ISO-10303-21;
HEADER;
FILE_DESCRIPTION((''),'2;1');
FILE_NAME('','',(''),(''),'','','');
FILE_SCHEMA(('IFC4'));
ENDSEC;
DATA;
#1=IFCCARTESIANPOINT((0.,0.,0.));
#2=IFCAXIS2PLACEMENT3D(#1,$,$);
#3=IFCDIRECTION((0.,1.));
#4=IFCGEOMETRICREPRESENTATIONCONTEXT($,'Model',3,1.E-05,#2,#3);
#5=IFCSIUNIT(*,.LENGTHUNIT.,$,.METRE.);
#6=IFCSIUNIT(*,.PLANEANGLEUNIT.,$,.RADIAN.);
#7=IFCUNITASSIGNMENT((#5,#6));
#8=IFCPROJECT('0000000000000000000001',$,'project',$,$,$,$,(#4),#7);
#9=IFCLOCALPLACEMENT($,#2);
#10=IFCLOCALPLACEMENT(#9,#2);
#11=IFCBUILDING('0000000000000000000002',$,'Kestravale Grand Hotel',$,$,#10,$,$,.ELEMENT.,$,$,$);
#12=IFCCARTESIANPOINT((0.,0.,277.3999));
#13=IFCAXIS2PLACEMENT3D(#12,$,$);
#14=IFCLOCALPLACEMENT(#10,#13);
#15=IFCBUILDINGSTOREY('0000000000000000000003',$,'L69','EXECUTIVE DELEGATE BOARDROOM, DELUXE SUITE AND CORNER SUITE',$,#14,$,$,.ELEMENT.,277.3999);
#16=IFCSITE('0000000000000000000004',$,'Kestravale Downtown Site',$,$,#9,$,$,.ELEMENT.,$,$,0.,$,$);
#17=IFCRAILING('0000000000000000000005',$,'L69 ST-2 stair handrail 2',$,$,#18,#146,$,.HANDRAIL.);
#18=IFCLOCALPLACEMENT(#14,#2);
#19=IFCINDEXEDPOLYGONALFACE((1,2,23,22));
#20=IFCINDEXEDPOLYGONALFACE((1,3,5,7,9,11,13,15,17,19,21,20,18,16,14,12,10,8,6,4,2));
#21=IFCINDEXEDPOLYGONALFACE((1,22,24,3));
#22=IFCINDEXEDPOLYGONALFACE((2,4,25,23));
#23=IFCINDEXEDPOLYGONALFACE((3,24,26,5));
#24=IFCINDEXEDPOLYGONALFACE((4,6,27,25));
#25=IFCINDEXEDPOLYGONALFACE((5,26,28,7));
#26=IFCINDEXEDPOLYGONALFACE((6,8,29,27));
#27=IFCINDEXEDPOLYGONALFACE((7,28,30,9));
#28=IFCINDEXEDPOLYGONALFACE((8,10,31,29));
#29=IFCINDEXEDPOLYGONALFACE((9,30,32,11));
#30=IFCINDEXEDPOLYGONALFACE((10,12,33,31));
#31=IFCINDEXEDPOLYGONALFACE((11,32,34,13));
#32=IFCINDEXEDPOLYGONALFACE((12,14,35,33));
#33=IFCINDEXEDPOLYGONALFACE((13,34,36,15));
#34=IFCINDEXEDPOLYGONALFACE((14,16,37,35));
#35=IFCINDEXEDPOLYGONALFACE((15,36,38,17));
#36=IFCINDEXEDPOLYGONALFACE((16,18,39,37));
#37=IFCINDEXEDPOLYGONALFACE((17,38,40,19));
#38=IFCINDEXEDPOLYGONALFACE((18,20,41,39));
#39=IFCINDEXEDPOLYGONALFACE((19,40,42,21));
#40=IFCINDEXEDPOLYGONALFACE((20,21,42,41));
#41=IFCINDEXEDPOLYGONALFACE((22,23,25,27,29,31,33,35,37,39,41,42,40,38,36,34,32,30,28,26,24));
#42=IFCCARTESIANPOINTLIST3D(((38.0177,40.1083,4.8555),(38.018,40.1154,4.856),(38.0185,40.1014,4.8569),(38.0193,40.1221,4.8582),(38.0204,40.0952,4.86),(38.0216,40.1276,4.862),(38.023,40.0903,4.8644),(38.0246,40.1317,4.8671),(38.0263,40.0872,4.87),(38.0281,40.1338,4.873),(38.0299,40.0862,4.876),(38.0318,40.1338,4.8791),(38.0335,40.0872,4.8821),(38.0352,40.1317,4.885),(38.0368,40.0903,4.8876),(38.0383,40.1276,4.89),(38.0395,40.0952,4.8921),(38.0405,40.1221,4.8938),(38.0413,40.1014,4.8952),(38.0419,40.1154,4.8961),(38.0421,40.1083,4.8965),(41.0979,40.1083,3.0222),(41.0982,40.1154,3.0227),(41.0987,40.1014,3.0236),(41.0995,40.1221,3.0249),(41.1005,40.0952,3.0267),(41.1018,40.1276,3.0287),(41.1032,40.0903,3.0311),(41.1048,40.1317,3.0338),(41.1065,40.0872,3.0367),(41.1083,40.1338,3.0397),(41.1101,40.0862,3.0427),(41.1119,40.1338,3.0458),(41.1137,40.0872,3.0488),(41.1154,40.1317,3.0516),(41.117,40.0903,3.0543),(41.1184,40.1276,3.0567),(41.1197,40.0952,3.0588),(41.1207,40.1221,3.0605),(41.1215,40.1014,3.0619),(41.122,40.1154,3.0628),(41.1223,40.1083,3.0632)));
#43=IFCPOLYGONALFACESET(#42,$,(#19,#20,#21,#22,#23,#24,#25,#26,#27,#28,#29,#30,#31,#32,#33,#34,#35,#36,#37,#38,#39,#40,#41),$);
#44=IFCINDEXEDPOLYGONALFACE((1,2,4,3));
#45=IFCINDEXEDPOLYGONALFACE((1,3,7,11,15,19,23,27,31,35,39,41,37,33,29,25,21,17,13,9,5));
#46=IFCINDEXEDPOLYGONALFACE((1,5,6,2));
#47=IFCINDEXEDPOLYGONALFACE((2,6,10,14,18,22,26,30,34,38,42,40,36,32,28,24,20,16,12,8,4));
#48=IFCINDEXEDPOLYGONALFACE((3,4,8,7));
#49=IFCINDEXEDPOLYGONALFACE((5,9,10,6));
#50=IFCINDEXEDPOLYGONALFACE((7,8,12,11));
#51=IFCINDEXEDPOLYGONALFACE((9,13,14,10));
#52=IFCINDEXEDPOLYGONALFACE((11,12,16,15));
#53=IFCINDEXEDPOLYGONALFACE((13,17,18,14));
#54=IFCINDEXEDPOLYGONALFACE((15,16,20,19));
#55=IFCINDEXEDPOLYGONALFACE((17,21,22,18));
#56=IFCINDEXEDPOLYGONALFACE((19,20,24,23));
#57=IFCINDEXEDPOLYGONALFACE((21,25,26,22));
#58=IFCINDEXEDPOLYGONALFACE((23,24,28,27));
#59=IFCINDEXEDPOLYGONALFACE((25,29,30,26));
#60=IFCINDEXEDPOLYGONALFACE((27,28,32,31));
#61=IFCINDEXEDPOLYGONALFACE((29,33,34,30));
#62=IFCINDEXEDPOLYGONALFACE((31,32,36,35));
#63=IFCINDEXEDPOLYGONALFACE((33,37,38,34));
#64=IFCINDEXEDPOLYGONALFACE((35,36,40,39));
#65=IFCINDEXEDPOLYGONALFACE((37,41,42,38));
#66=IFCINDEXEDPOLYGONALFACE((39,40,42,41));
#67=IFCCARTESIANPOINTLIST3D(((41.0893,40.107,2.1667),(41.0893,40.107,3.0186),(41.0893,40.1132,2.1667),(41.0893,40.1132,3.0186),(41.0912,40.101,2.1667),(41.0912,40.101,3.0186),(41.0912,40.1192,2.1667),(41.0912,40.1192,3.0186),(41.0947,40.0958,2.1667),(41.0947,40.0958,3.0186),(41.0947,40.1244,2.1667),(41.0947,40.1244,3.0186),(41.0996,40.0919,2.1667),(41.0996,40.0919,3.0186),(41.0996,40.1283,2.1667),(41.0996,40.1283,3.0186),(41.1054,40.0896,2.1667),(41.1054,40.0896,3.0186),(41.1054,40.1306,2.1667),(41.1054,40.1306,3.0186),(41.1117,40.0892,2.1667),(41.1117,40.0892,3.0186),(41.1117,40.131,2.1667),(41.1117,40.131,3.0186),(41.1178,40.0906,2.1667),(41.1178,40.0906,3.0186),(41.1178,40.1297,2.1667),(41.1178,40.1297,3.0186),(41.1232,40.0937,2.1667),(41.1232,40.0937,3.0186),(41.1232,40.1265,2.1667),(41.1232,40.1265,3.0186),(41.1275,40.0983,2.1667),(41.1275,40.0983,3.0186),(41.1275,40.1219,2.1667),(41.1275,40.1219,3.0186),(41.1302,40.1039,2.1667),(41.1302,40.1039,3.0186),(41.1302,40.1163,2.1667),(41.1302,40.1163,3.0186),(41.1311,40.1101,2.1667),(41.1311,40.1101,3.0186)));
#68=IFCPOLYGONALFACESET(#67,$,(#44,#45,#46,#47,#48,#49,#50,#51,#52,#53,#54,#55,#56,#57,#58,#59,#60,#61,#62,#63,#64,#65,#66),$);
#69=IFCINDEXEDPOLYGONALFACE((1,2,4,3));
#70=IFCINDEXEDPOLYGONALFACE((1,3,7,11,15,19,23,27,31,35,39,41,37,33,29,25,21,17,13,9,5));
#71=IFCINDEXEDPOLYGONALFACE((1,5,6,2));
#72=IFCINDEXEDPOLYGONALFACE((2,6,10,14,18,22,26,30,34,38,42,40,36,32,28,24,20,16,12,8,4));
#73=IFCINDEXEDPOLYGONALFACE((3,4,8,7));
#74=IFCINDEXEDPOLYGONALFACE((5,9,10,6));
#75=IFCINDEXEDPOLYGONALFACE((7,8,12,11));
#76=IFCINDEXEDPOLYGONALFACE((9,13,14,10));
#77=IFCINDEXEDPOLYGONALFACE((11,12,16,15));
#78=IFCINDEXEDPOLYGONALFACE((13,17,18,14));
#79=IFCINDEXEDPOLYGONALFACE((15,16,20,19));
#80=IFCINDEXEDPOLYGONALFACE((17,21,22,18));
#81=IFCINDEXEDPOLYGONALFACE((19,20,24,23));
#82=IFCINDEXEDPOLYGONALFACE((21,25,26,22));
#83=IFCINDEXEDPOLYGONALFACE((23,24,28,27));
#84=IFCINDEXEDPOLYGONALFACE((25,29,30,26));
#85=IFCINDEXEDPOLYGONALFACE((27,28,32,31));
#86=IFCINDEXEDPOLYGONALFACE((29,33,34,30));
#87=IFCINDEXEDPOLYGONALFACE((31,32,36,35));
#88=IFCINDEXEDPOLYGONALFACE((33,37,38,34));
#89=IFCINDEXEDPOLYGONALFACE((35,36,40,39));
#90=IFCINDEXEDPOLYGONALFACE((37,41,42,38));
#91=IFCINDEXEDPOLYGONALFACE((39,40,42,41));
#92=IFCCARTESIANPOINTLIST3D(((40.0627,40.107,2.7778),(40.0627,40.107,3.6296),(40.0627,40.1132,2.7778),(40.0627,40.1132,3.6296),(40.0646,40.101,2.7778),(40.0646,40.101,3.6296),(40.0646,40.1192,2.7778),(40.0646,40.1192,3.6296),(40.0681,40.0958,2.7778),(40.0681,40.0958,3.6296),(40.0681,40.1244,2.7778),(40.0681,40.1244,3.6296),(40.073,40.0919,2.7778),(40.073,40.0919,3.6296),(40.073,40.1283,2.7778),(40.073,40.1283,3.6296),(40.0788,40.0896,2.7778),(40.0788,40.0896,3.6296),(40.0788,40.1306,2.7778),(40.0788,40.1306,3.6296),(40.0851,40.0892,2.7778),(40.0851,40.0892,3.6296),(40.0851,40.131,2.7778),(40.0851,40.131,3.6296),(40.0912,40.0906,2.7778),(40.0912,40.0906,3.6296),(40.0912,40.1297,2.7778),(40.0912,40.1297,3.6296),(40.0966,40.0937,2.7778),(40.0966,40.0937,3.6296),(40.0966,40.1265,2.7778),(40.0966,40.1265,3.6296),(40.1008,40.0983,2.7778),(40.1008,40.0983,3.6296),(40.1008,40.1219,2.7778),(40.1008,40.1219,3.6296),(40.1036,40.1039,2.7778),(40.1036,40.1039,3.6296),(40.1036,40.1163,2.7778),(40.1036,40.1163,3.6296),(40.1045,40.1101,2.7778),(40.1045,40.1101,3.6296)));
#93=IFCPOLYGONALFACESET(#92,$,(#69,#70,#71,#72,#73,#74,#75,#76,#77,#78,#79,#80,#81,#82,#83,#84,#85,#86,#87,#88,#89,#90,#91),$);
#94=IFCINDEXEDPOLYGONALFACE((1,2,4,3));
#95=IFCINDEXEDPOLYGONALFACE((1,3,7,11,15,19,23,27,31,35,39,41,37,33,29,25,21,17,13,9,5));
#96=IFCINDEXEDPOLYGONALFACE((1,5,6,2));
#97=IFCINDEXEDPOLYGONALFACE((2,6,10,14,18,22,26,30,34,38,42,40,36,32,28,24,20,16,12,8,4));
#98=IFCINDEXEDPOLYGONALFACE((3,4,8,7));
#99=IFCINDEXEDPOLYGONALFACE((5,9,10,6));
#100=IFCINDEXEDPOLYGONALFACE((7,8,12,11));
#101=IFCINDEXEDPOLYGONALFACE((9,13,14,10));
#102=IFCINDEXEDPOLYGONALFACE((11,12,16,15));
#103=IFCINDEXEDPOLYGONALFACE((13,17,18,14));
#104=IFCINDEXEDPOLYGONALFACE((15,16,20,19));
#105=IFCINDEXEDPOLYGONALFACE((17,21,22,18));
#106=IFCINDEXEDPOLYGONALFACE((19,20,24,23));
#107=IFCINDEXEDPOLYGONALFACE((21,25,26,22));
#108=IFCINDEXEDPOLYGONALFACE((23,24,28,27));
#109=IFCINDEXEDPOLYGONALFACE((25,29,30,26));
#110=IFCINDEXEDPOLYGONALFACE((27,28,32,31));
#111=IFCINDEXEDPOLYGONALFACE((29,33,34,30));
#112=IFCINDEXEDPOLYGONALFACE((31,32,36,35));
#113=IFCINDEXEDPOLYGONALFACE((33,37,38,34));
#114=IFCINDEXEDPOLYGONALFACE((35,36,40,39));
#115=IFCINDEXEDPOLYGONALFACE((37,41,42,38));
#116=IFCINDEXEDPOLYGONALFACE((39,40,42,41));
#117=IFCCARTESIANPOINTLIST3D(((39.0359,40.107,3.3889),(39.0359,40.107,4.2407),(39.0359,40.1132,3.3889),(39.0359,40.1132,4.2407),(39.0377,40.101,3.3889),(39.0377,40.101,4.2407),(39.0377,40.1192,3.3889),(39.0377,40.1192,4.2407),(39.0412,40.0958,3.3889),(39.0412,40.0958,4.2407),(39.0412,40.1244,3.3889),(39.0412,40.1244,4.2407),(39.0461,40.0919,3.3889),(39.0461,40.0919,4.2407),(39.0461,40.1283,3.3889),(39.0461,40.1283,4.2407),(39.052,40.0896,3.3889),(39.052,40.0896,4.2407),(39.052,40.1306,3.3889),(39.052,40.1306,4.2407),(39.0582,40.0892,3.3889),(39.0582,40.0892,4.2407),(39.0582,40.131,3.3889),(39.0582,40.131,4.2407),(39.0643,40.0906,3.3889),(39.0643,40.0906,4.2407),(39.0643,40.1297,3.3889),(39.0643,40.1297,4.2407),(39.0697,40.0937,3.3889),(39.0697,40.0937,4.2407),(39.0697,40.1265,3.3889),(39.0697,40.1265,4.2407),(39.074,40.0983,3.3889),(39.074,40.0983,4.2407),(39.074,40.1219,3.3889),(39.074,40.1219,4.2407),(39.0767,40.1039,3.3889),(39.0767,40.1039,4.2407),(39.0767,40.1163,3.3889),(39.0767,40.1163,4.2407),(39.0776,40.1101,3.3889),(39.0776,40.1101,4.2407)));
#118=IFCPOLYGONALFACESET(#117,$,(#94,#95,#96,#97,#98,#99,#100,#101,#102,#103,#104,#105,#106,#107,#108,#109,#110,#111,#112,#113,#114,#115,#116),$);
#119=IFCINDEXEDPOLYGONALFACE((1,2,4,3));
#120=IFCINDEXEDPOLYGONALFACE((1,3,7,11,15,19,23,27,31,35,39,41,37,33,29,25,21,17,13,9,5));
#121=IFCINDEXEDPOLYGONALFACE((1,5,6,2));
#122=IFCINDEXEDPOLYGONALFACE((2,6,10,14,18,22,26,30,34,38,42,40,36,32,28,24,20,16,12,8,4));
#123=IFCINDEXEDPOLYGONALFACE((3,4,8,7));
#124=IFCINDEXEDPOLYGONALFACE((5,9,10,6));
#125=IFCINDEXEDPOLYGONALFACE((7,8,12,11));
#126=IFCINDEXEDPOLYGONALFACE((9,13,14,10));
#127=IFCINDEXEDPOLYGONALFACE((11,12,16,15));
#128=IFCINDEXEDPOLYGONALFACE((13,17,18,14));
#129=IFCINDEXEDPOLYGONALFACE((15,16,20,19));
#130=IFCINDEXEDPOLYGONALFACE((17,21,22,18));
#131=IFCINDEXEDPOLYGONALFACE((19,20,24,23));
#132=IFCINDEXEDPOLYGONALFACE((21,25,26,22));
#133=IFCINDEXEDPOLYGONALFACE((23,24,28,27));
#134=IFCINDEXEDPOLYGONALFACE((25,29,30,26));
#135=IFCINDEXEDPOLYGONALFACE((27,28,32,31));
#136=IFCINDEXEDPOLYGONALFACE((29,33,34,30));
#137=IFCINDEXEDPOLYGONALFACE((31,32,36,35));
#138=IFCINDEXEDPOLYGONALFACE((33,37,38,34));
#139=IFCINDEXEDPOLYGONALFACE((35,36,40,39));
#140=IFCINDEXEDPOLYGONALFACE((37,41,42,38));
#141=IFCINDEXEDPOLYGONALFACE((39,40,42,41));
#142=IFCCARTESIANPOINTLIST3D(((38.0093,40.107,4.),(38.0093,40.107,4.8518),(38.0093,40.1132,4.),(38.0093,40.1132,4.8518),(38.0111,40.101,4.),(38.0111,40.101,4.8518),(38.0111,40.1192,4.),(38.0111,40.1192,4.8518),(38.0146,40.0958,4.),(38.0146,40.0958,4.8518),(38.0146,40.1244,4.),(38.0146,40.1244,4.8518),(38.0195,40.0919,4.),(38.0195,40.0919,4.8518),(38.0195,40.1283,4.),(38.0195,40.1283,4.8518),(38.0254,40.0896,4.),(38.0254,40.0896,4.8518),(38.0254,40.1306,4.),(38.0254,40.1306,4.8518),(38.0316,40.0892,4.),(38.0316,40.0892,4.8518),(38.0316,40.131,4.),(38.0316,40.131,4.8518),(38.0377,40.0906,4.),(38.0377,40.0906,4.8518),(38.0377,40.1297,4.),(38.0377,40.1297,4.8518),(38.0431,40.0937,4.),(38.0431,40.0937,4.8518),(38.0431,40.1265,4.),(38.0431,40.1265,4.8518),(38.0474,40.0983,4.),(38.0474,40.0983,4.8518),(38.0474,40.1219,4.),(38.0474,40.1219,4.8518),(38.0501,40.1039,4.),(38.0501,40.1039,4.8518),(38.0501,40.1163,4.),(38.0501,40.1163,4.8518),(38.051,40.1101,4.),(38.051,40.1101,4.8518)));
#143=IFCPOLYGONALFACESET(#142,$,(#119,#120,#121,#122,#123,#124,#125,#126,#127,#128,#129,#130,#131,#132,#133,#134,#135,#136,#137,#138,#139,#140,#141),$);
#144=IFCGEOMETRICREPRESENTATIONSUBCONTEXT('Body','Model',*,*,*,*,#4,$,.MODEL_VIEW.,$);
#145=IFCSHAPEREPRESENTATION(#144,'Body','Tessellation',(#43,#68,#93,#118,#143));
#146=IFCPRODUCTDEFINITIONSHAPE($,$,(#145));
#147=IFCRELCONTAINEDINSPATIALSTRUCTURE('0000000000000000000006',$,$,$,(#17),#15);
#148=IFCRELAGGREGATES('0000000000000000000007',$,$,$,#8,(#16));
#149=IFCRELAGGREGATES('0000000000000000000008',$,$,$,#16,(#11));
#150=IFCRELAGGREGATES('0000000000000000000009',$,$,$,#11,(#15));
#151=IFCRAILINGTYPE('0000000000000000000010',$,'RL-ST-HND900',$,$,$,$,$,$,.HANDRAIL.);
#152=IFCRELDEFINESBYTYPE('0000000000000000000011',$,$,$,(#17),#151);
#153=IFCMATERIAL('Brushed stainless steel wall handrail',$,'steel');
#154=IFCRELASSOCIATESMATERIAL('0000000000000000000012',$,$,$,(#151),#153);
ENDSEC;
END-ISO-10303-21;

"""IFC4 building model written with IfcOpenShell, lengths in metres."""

from ifc_helpers import new_model, si_unit, direction, frame, origin, origin_2d, place, context, subcontext, project, spatial, circle, extrude, material, type_object, element, save


model = new_model("IFC4")

# Units and contexts
model_context = context("Model", 3, precision=1e-05, world=origin(), true_north=direction((0.0, 1.0)))
body_context = subcontext(model_context, "Body", "Model", "MODEL_VIEW")
ifc_project = project(units=[si_unit("LENGTHUNIT", "METRE"), si_unit("PLANEANGLEUNIT", "RADIAN")], contexts=[model_context])

# Site, building, storey
site_placement = place(None, origin())
site = spatial("IfcSite", under=ifc_project, at=site_placement, Name="Kestravale Downtown Site", CompositionType="ELEMENT", RefElevation=0.0)
building_placement = place(site_placement, origin())
building = spatial("IfcBuilding", under=site, at=building_placement, Name="Kestravale Grand Hotel", CompositionType="ELEMENT")
storey_placement = place(building_placement, frame((0.0, 0.0, 277.3999)))
storey = spatial("IfcBuildingStorey", under=building, at=storey_placement, Name="L69", Description="EXECUTIVE DELEGATE BOARDROOM, DELUXE SUITE AND CORNER SUITE", CompositionType="ELEMENT", Elevation=277.3999)

# Railing
ifc_material_1 = material(Name="Brushed stainless steel wall handrail", Category="steel")
railing_type_1 = type_object("IfcRailingType", Name="RL-ST-HND900", PredefinedType="HANDRAIL", material=ifc_material_1)
railing_1_placement = place(storey_placement, frame((41.1101, 40.1101, 2.1667)))
element("IfcRailing", 1, at=railing_1_placement, inside=storey, type_object=railing_type_1, Name="L69 ST-2 stair handrail 2", PredefinedType="HANDRAIL", context=body_context, shape_type="SweptSolid", body=[
    extrude(circle(Radius=0.0239, at=origin_2d()), frame((0.0, 0.0, 0.876), z_axis=(-0.859309, 0.0, 0.511458), x_axis=(0.0, -1.0, 0.0)), (0.0, 0.0, 1.0), 3.5845),
    extrude(circle(Radius=0.021, at=origin_2d()), origin(), (0.0, 0.0, 1.0), 0.8518),
    extrude(circle(Radius=0.021, at=origin_2d()), frame((-1.0266, 0.0, 0.6111)), (0.0, 0.0, 1.0), 0.8518),
    extrude(circle(Radius=0.021, at=origin_2d()), frame((-2.0535, 0.0, 1.2222)), (0.0, 0.0, 1.0), 0.8518),
    extrude(circle(Radius=0.021, at=origin_2d()), frame((-3.0801, 0.0, 1.8333)), (0.0, 0.0, 1.0), 0.8518),
])

save(model, "model.ifc")
